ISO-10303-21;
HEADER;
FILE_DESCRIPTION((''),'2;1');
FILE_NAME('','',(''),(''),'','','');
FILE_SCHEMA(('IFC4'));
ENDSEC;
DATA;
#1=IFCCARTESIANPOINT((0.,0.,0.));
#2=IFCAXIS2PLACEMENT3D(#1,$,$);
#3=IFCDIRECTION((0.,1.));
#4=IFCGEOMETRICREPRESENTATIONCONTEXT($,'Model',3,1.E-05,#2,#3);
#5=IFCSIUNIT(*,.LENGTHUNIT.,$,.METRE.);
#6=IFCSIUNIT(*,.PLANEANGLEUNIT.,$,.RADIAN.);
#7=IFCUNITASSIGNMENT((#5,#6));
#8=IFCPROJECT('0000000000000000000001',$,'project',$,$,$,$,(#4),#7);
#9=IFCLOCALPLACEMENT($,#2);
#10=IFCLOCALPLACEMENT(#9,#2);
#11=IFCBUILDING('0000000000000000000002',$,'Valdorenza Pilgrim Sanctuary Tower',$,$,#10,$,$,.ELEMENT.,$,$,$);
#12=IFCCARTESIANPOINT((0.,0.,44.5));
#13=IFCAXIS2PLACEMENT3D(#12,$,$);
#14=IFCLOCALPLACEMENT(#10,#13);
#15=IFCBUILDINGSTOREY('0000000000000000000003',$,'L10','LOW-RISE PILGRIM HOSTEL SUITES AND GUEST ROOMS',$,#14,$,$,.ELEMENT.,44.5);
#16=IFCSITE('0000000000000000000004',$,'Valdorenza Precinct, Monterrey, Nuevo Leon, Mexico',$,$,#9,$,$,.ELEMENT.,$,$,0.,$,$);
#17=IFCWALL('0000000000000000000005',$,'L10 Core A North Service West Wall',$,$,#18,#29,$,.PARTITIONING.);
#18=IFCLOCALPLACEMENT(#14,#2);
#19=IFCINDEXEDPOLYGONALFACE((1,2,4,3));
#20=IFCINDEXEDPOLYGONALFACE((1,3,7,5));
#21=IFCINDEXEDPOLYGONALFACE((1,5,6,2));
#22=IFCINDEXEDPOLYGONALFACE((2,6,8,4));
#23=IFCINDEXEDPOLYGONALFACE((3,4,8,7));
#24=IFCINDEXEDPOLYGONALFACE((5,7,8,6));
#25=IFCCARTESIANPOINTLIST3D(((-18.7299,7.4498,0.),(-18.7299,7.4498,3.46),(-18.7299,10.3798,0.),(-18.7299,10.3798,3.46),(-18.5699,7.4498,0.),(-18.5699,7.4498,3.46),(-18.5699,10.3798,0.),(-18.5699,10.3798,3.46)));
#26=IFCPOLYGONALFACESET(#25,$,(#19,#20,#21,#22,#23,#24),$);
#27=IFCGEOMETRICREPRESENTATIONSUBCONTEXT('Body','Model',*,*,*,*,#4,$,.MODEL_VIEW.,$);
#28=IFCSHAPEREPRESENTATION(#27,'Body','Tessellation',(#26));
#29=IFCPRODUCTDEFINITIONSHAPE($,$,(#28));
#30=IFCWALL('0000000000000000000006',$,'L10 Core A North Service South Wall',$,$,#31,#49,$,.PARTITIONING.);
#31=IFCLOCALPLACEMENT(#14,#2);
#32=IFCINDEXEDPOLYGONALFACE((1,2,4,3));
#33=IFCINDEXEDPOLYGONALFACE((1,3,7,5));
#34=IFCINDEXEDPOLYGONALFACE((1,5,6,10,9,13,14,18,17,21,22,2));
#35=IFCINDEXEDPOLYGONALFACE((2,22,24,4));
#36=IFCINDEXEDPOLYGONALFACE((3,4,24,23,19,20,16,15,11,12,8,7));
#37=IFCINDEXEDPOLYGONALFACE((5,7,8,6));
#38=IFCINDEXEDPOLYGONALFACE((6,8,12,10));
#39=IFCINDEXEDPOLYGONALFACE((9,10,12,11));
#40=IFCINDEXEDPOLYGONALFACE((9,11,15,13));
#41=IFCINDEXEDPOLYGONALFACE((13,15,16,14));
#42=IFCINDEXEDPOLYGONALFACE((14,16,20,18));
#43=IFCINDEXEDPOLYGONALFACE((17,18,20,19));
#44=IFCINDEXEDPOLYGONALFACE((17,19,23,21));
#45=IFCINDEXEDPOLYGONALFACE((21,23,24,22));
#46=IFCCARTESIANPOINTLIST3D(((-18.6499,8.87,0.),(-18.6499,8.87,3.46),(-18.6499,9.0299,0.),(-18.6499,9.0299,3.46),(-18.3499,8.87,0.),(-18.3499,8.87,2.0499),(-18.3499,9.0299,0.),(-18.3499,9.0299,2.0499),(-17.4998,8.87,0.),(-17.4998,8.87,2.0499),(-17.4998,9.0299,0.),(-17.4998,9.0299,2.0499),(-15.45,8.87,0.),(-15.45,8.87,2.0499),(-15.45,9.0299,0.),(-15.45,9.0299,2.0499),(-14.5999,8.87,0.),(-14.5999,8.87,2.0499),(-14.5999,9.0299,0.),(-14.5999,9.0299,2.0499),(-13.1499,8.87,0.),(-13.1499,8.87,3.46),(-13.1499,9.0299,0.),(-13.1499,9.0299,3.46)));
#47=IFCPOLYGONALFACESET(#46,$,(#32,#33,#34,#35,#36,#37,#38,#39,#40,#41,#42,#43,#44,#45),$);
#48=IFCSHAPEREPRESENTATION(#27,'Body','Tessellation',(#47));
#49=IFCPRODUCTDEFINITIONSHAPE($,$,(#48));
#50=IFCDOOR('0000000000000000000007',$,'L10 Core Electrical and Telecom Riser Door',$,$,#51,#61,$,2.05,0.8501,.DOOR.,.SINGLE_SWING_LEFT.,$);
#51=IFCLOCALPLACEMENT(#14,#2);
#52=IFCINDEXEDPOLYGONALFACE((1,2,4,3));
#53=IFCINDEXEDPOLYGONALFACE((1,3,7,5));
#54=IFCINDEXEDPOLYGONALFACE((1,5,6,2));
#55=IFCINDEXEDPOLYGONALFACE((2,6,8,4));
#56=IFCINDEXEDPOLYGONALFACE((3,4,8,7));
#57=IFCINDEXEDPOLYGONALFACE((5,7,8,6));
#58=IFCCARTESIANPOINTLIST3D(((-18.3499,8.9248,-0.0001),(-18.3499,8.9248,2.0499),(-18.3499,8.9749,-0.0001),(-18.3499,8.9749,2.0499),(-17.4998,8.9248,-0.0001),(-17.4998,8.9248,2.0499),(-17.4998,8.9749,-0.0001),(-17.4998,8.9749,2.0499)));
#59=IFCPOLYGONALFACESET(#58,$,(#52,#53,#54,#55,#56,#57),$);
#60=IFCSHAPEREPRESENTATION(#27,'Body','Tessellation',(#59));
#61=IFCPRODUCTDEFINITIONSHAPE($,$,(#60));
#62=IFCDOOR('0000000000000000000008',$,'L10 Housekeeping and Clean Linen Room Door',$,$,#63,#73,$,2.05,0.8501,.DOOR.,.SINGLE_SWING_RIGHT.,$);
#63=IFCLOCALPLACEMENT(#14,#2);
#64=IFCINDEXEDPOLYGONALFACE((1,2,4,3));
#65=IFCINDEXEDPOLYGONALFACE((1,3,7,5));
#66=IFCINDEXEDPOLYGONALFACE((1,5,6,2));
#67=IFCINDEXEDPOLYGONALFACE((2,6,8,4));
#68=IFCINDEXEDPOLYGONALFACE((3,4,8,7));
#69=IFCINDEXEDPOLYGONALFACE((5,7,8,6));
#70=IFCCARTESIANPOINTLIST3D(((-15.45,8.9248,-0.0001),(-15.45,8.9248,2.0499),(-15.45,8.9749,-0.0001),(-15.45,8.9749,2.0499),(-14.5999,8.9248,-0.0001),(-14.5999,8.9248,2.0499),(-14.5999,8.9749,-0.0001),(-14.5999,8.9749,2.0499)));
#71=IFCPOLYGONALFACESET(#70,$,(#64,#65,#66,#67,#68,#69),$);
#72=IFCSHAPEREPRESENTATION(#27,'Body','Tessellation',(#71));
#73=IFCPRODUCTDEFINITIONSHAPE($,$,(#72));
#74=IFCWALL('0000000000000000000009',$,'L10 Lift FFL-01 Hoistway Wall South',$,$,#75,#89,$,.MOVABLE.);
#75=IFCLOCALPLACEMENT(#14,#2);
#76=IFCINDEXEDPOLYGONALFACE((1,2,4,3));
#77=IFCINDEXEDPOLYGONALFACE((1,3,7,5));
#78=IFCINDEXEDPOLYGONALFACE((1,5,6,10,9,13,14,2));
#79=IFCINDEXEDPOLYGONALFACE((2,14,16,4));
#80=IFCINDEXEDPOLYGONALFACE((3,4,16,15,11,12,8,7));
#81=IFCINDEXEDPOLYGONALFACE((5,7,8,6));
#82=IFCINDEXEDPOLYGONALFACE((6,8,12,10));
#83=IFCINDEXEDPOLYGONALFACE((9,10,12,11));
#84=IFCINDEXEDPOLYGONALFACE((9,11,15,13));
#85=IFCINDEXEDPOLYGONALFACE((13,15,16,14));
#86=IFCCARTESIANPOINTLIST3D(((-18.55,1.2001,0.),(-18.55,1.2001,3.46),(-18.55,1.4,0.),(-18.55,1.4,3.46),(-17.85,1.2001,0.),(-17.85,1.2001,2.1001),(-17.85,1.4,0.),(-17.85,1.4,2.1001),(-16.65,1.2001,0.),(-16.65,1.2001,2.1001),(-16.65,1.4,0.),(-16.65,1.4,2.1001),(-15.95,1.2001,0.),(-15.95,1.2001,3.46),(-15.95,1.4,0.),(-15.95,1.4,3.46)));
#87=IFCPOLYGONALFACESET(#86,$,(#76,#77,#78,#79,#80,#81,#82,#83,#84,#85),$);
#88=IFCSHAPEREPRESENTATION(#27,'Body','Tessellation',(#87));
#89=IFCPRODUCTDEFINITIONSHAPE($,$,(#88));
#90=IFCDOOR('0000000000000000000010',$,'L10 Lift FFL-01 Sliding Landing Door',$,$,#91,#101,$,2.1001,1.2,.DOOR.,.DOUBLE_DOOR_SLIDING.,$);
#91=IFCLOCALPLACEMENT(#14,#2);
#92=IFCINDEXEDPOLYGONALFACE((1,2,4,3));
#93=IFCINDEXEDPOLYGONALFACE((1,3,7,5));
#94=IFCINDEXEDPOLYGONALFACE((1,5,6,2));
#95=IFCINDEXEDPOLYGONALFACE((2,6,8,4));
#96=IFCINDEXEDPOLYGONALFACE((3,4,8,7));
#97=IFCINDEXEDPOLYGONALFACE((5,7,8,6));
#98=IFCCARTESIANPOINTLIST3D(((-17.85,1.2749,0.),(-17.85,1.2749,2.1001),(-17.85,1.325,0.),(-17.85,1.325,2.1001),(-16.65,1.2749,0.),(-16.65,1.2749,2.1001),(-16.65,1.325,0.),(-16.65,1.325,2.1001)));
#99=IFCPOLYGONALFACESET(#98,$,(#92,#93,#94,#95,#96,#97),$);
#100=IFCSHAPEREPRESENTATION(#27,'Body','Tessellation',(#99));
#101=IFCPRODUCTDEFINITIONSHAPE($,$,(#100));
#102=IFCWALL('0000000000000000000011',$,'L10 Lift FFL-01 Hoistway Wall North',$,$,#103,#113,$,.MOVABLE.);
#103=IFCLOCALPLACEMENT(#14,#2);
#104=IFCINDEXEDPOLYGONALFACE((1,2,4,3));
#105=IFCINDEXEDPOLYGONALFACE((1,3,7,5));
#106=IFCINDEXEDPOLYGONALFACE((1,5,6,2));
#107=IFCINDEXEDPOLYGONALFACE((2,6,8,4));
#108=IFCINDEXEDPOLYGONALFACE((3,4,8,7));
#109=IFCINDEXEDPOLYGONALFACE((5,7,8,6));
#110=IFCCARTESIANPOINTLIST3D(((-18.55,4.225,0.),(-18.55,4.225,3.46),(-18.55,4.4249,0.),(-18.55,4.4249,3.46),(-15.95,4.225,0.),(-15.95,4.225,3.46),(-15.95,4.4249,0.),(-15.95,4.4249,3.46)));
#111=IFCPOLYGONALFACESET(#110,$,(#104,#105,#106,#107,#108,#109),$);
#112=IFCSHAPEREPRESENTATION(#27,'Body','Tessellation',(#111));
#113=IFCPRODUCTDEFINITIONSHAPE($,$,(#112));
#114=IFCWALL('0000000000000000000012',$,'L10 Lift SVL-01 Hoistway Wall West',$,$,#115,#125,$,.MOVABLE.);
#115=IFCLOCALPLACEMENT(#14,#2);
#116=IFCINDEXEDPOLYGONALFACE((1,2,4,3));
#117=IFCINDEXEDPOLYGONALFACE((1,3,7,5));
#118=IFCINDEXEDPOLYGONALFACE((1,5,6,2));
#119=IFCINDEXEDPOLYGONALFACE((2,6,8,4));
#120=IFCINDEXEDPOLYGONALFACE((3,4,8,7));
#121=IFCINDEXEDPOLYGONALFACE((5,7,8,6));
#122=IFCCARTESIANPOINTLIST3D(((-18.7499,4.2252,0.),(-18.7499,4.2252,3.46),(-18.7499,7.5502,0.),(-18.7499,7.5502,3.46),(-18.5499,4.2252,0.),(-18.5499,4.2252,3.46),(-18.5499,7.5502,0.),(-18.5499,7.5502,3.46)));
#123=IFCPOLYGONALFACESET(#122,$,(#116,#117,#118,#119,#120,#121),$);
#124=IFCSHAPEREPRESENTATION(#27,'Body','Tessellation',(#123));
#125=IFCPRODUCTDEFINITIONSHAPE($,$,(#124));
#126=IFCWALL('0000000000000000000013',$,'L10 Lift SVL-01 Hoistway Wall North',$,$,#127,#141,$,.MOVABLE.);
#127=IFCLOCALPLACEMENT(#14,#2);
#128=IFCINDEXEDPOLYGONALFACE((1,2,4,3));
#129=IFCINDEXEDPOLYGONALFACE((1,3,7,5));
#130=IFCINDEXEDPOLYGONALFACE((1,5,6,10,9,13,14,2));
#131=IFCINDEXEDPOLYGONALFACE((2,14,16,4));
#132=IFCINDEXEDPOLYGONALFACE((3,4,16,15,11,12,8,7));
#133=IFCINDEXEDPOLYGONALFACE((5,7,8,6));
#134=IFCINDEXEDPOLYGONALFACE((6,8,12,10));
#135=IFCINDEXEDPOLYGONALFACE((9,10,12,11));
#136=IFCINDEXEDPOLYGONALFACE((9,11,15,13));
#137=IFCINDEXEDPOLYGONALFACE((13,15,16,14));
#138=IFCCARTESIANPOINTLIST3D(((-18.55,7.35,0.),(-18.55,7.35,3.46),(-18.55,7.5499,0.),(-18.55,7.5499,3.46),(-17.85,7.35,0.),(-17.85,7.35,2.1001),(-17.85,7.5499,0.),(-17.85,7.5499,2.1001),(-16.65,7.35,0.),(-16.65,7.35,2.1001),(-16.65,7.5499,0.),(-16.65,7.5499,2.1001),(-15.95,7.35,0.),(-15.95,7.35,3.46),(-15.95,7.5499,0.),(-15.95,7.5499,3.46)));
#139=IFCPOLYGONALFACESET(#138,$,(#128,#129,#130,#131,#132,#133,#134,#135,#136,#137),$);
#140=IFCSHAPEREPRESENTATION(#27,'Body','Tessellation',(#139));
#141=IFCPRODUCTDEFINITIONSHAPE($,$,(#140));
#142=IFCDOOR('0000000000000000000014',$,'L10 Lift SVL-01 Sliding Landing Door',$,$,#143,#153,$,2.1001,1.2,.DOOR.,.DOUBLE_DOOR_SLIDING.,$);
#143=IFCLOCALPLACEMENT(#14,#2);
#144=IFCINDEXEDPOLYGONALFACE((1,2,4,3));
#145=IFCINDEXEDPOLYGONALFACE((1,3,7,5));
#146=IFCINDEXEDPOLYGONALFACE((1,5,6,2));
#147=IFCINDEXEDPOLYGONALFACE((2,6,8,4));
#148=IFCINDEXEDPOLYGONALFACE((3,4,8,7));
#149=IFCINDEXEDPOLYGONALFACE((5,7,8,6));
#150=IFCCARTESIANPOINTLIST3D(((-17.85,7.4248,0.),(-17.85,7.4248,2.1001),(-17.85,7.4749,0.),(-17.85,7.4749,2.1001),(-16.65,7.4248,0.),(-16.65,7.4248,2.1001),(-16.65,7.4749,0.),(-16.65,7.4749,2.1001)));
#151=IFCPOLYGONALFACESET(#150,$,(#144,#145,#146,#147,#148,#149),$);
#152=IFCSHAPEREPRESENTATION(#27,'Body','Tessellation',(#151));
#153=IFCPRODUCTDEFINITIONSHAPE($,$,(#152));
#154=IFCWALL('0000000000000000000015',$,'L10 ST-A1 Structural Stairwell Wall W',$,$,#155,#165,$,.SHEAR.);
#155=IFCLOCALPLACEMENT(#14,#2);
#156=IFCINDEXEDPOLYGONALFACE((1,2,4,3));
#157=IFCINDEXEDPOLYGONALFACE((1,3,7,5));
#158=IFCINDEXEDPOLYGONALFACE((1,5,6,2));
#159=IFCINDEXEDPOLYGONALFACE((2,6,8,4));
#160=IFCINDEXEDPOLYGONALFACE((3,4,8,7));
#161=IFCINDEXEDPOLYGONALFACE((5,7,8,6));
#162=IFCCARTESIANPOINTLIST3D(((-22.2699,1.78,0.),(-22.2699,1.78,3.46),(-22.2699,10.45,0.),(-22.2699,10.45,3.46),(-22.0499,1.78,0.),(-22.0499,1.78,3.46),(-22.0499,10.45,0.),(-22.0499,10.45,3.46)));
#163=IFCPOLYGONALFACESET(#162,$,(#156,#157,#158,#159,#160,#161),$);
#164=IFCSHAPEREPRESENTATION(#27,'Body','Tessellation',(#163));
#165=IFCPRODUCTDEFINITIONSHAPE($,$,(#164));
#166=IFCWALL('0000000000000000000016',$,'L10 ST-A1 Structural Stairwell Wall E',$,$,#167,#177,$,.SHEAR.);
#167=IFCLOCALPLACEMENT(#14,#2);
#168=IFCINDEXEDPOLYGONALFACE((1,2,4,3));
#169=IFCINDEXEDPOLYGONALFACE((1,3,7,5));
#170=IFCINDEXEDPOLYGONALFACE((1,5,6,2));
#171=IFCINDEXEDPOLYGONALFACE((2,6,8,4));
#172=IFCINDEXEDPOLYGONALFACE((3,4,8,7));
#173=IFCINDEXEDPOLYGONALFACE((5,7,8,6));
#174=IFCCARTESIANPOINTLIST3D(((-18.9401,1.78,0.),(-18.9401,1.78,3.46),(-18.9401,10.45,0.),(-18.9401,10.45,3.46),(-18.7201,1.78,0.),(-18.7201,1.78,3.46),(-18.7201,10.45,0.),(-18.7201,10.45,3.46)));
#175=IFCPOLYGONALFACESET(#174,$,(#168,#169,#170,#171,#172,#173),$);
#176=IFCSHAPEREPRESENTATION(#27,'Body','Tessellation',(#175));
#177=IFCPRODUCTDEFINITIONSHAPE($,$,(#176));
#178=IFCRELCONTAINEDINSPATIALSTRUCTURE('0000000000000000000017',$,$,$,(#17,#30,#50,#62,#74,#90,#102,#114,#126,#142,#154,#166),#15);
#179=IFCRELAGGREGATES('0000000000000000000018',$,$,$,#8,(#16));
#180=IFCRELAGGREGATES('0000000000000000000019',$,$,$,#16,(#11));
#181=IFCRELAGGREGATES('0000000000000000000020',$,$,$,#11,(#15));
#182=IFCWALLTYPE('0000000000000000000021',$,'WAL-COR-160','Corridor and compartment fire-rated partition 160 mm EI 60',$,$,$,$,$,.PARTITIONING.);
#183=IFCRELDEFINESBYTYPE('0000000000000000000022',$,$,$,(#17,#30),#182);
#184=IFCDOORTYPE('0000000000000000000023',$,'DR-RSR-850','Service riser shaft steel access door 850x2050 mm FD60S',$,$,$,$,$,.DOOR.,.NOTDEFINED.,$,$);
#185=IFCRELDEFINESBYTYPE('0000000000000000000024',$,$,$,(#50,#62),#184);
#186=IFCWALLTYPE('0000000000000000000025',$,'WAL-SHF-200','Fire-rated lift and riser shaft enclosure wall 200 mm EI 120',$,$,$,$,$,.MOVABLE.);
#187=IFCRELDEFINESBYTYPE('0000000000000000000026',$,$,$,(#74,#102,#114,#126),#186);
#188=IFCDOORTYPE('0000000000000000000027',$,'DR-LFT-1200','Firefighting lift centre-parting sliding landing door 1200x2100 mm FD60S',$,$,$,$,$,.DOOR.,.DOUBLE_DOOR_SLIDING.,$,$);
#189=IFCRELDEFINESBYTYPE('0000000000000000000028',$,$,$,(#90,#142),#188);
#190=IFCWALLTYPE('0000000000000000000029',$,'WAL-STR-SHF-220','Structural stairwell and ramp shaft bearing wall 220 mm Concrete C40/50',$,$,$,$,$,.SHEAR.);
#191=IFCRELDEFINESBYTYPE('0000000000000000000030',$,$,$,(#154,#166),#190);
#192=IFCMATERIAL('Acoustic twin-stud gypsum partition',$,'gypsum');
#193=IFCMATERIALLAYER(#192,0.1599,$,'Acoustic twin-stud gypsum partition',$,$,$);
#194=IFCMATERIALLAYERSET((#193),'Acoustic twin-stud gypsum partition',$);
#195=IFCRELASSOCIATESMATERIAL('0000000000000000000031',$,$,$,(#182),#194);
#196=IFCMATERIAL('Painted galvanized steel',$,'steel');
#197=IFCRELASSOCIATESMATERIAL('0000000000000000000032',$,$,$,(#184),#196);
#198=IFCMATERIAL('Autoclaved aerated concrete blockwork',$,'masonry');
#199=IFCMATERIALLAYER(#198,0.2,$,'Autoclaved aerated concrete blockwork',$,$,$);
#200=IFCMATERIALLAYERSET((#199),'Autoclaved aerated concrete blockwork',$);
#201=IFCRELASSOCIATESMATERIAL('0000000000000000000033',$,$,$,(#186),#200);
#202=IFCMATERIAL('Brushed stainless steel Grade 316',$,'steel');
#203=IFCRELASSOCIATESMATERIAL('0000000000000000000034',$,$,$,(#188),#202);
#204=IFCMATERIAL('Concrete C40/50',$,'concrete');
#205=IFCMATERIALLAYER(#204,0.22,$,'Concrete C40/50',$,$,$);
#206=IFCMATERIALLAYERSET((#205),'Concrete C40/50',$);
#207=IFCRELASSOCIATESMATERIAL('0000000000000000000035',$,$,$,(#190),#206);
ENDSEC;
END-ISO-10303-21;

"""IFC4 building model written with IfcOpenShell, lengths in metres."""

from ifc_helpers import new_model, si_unit, direction, frame, frame_2d, origin, place, context, subcontext, project, spatial, rectangle, extrude, material, layer, layer_set, type_object, element, fill, save


model = new_model("IFC4")

# Units and contexts
model_context = context("Model", 3, precision=1e-05, world=origin(), true_north=direction((0.0, 1.0)))
body_context = subcontext(model_context, "Body", "Model", "MODEL_VIEW")
ifc_project = project(units=[si_unit("LENGTHUNIT", "METRE"), si_unit("PLANEANGLEUNIT", "RADIAN")], contexts=[model_context])

# Site, building, storey
site_placement = place(None, origin())
site = spatial("IfcSite", under=ifc_project, at=site_placement, Name="Valdorenza Precinct, Monterrey, Nuevo Leon, Mexico", CompositionType="ELEMENT", RefElevation=0.0)
building_placement = place(site_placement, origin())
building = spatial("IfcBuilding", under=site, at=building_placement, Name="Valdorenza Pilgrim Sanctuary Tower", CompositionType="ELEMENT")
storey_placement = place(building_placement, frame((0.0, 0.0, 44.5)))
storey = spatial("IfcBuildingStorey", under=building, at=storey_placement, Name="L10", Description="LOW-RISE PILGRIM HOSTEL SUITES AND GUEST ROOMS", CompositionType="ELEMENT", Elevation=44.5)

# Wall
ifc_material_1 = material(Name="Acoustic twin-stud gypsum partition", Category="gypsum")
ifc_layer_1 = layer(ifc_material_1, 0.1599, Name="Acoustic twin-stud gypsum partition")
ifc_layer_set_1 = layer_set([ifc_layer_1], Name="Acoustic twin-stud gypsum partition")
wall_type_1 = type_object("IfcWallType", Name="WAL-COR-160", Description="Corridor and compartment fire-rated partition 160 mm EI 60", PredefinedType="PARTITIONING", material=ifc_layer_set_1)
wall_1_placement = place(storey_placement, frame((-18.6499, 7.45, 0.0), z_axis=(0.0, 0.0, 1.0), x_axis=(0.0, 1.0, 0.0)))
element("IfcWall", 1, at=wall_1_placement, inside=storey, type_object=wall_type_1, Name="L10 Core A North Service West Wall", PredefinedType="PARTITIONING", context=body_context, shape_type="SweptSolid", body=[
    extrude(rectangle(XDim=2.9299, YDim=0.1599, at=frame_2d((1.4648, 0.0))), origin(), (0.0, 0.0, 1.0), 3.46),
])

# Wall, openings, doors
wall_2_placement = place(storey_placement, frame((-18.6499, 8.95, 0.0), z_axis=(0.0, 0.0, 1.0), x_axis=(1.0, 0.0, 0.0)))
wall_2 = element("IfcWall", 2, at=wall_2_placement, inside=storey, type_object=wall_type_1, Name="L10 Core A North Service South Wall", PredefinedType="PARTITIONING", context=body_context, shape_type="SweptSolid", body=[
    extrude(rectangle(XDim=5.5, YDim=0.1599, at=frame_2d((2.75, 0.0))), origin(), (0.0, 0.0, 1.0), 3.46),
])
opening_1_placement = place(wall_2_placement, frame((0.3, 0.0, 0.0)))
opening_1 = element("IfcOpeningElement", 3, at=opening_1_placement, cuts=wall_2, PredefinedType="OPENING", context=body_context, shape_type="SweptSolid", body=[
    extrude(rectangle(XDim=0.8501, YDim=2.05, at=frame_2d((0.425, 1.0249))), frame((0.0, 0.0947, 0.0), z_axis=(0.0, -1.0, 0.0), x_axis=(1.0, 0.0, 0.0)), (0.0, 0.0, 1.0), 0.1897),
])
opening_2_placement = place(wall_2_placement, frame((3.2, 0.0, 0.0)))
opening_2 = element("IfcOpeningElement", 4, at=opening_2_placement, cuts=wall_2, PredefinedType="OPENING", context=body_context, shape_type="SweptSolid", body=[
    extrude(rectangle(XDim=0.8501, YDim=2.05, at=frame_2d((0.425, 1.0249))), frame((0.0, 0.0947, 0.0), z_axis=(0.0, -1.0, 0.0), x_axis=(1.0, 0.0, 0.0)), (0.0, 0.0, 1.0), 0.1897),
])
ifc_material_2 = material(Name="Painted galvanized steel", Category="steel")
door_type_1 = type_object("IfcDoorType", Name="DR-RSR-850", Description="Service riser shaft steel access door 850x2050 mm FD60S", OperationType="NOTDEFINED", PredefinedType="DOOR", material=ifc_material_2)
door_1_placement = place(opening_1_placement, origin())
door_1 = element("IfcDoor", 5, at=door_1_placement, inside=storey, type_object=door_type_1, Name="L10 Core Electrical and Telecom Riser Door", OperationType="SINGLE_SWING_LEFT", OverallHeight=2.05, OverallWidth=0.8501, PredefinedType="DOOR", context=body_context, shape_type="SweptSolid", body=[
    extrude(rectangle(XDim=0.8501, YDim=2.05, at=frame_2d((0.425, 1.0249))), frame((0.0, 0.0249, 0.0), z_axis=(0.0, -1.0, 0.0), x_axis=(1.0, 0.0, 0.0)), (0.0, 0.0, 1.0), 0.05),
])
fill(opening_1, door_1)
door_2_placement = place(opening_2_placement, origin())
door_2 = element("IfcDoor", 6, at=door_2_placement, inside=storey, type_object=door_type_1, Name="L10 Housekeeping and Clean Linen Room Door", OperationType="SINGLE_SWING_RIGHT", OverallHeight=2.05, OverallWidth=0.8501, PredefinedType="DOOR", context=body_context, shape_type="SweptSolid", body=[
    extrude(rectangle(XDim=0.8501, YDim=2.05, at=frame_2d((0.425, 1.0249))), frame((0.0, 0.0249, 0.0), z_axis=(0.0, -1.0, 0.0), x_axis=(1.0, 0.0, 0.0)), (0.0, 0.0, 1.0), 0.05),
])
fill(opening_2, door_2)

# Wall, opening, door
ifc_material_3 = material(Name="Autoclaved aerated concrete blockwork", Category="masonry")
ifc_layer_2 = layer(ifc_material_3, 0.2, Name="Autoclaved aerated concrete blockwork")
ifc_layer_set_2 = layer_set([ifc_layer_2], Name="Autoclaved aerated concrete blockwork")
wall_type_2 = type_object("IfcWallType", Name="WAL-SHF-200", Description="Fire-rated lift and riser shaft enclosure wall 200 mm EI 120", PredefinedType="MOVABLE", material=ifc_layer_set_2)
wall_3_placement = place(storey_placement, frame((-18.55, 1.3, 0.0), z_axis=(0.0, 0.0, 1.0), x_axis=(1.0, 0.0, 0.0)))
wall_3 = element("IfcWall", 7, at=wall_3_placement, inside=storey, type_object=wall_type_2, Name="L10 Lift FFL-01 Hoistway Wall South", PredefinedType="MOVABLE", context=body_context, shape_type="SweptSolid", body=[
    extrude(rectangle(XDim=2.6001, YDim=0.2, at=frame_2d((1.3, 0.0))), origin(), (0.0, 0.0, 1.0), 3.46),
])
opening_3_placement = place(wall_3_placement, frame((0.7, 0.0, 0.0)))
opening_3 = element("IfcOpeningElement", 8, at=opening_3_placement, cuts=wall_3, PredefinedType="OPENING", context=body_context, shape_type="SweptSolid", body=[
    extrude(rectangle(XDim=1.2, YDim=2.1001, at=frame_2d((0.6001, 1.05))), frame((0.0, 0.1147, 0.0), z_axis=(0.0, -1.0, 0.0), x_axis=(1.0, 0.0, 0.0)), (0.0, 0.0, 1.0), 0.2297),
])
ifc_material_4 = material(Name="Brushed stainless steel Grade 316", Category="steel")
door_type_2 = type_object("IfcDoorType", Name="DR-LFT-1200", Description="Firefighting lift centre-parting sliding landing door 1200x2100 mm FD60S", OperationType="DOUBLE_DOOR_SLIDING", PredefinedType="DOOR", material=ifc_material_4)
door_3_placement = place(opening_3_placement, origin())
door_3 = element("IfcDoor", 9, at=door_3_placement, inside=storey, type_object=door_type_2, Name="L10 Lift FFL-01 Sliding Landing Door", OperationType="DOUBLE_DOOR_SLIDING", OverallHeight=2.1001, OverallWidth=1.2, PredefinedType="DOOR", context=body_context, shape_type="SweptSolid", body=[
    extrude(rectangle(XDim=1.2, YDim=2.1001, at=frame_2d((0.6001, 1.05))), frame((0.0, 0.0249, 0.0), z_axis=(0.0, -1.0, 0.0), x_axis=(1.0, 0.0, 0.0)), (0.0, 0.0, 1.0), 0.05),
])
fill(opening_3, door_3)

# Walls
wall_4_placement = place(storey_placement, frame((-18.55, 4.325, 0.0), z_axis=(0.0, 0.0, 1.0), x_axis=(1.0, 0.0, 0.0)))
element("IfcWall", 10, at=wall_4_placement, inside=storey, type_object=wall_type_2, Name="L10 Lift FFL-01 Hoistway Wall North", PredefinedType="MOVABLE", context=body_context, shape_type="SweptSolid", body=[
    extrude(rectangle(XDim=2.6001, YDim=0.2, at=frame_2d((1.3, 0.0))), origin(), (0.0, 0.0, 1.0), 3.46),
])
wall_5_placement = place(storey_placement, frame((-18.6499, 4.2251, 0.0), z_axis=(0.0, 0.0, 1.0), x_axis=(0.0, 1.0, 0.0)))
element("IfcWall", 11, at=wall_5_placement, inside=storey, type_object=wall_type_2, Name="L10 Lift SVL-01 Hoistway Wall West", PredefinedType="MOVABLE", context=body_context, shape_type="SweptSolid", body=[
    extrude(rectangle(XDim=3.325, YDim=0.2, at=frame_2d((1.6626, 0.0))), origin(), (0.0, 0.0, 1.0), 3.46),
])

# Wall, opening, door
wall_6_placement = place(storey_placement, frame((-18.55, 7.45, 0.0), z_axis=(0.0, 0.0, 1.0), x_axis=(1.0, 0.0, 0.0)))
wall_6 = element("IfcWall", 12, at=wall_6_placement, inside=storey, type_object=wall_type_2, Name="L10 Lift SVL-01 Hoistway Wall North", PredefinedType="MOVABLE", context=body_context, shape_type="SweptSolid", body=[
    extrude(rectangle(XDim=2.6001, YDim=0.2, at=frame_2d((1.3, 0.0))), origin(), (0.0, 0.0, 1.0), 3.46),
])
opening_4_placement = place(wall_6_placement, frame((0.7, 0.0, 0.0)))
opening_4 = element("IfcOpeningElement", 13, at=opening_4_placement, cuts=wall_6, PredefinedType="OPENING", context=body_context, shape_type="SweptSolid", body=[
    extrude(rectangle(XDim=1.2, YDim=2.1001, at=frame_2d((0.6001, 1.05))), frame((0.0, 0.1147, 0.0), z_axis=(0.0, -1.0, 0.0), x_axis=(1.0, 0.0, 0.0)), (0.0, 0.0, 1.0), 0.2297),
])
door_4_placement = place(opening_4_placement, origin())
door_4 = element("IfcDoor", 14, at=door_4_placement, inside=storey, type_object=door_type_2, Name="L10 Lift SVL-01 Sliding Landing Door", OperationType="DOUBLE_DOOR_SLIDING", OverallHeight=2.1001, OverallWidth=1.2, PredefinedType="DOOR", context=body_context, shape_type="SweptSolid", body=[
    extrude(rectangle(XDim=1.2, YDim=2.1001, at=frame_2d((0.6001, 1.05))), frame((0.0, 0.0249, 0.0), z_axis=(0.0, -1.0, 0.0), x_axis=(1.0, 0.0, 0.0)), (0.0, 0.0, 1.0), 0.05),
])
fill(opening_4, door_4)

# Walls
ifc_material_5 = material(Name="Concrete C40/50", Category="concrete")
ifc_layer_3 = layer(ifc_material_5, 0.22, Name="Concrete C40/50")
ifc_layer_set_3 = layer_set([ifc_layer_3], Name="Concrete C40/50")
wall_type_3 = type_object("IfcWallType", Name="WAL-STR-SHF-220", Description="Structural stairwell and ramp shaft bearing wall 220 mm Concrete C40/50", PredefinedType="SHEAR", material=ifc_layer_set_3)
for number, where, z_axis, x_axis, name in (
    (15, (-22.1599, 1.78, 0.0), (0.0, 0.0, 1.0), (0.0, 1.0, 0.0), "L10 ST-A1 Structural Stairwell Wall W"),
    (16, (-18.8301, 1.78, 0.0), (0.0, 0.0, 1.0), (0.0, 1.0, 0.0), "L10 ST-A1 Structural Stairwell Wall E"),
):
    element("IfcWall", number, at=place(storey_placement, frame(where, z_axis=z_axis, x_axis=x_axis)), inside=storey, type_object=wall_type_3, Name=name, PredefinedType="SHEAR", context=body_context, shape_type="SweptSolid", body=[
        extrude(rectangle(XDim=8.6699, YDim=0.22, at=frame_2d((4.335, 0.0))), origin(), (0.0, 0.0, 1.0), 3.46),
    ])

save(model, "model.ifc")
